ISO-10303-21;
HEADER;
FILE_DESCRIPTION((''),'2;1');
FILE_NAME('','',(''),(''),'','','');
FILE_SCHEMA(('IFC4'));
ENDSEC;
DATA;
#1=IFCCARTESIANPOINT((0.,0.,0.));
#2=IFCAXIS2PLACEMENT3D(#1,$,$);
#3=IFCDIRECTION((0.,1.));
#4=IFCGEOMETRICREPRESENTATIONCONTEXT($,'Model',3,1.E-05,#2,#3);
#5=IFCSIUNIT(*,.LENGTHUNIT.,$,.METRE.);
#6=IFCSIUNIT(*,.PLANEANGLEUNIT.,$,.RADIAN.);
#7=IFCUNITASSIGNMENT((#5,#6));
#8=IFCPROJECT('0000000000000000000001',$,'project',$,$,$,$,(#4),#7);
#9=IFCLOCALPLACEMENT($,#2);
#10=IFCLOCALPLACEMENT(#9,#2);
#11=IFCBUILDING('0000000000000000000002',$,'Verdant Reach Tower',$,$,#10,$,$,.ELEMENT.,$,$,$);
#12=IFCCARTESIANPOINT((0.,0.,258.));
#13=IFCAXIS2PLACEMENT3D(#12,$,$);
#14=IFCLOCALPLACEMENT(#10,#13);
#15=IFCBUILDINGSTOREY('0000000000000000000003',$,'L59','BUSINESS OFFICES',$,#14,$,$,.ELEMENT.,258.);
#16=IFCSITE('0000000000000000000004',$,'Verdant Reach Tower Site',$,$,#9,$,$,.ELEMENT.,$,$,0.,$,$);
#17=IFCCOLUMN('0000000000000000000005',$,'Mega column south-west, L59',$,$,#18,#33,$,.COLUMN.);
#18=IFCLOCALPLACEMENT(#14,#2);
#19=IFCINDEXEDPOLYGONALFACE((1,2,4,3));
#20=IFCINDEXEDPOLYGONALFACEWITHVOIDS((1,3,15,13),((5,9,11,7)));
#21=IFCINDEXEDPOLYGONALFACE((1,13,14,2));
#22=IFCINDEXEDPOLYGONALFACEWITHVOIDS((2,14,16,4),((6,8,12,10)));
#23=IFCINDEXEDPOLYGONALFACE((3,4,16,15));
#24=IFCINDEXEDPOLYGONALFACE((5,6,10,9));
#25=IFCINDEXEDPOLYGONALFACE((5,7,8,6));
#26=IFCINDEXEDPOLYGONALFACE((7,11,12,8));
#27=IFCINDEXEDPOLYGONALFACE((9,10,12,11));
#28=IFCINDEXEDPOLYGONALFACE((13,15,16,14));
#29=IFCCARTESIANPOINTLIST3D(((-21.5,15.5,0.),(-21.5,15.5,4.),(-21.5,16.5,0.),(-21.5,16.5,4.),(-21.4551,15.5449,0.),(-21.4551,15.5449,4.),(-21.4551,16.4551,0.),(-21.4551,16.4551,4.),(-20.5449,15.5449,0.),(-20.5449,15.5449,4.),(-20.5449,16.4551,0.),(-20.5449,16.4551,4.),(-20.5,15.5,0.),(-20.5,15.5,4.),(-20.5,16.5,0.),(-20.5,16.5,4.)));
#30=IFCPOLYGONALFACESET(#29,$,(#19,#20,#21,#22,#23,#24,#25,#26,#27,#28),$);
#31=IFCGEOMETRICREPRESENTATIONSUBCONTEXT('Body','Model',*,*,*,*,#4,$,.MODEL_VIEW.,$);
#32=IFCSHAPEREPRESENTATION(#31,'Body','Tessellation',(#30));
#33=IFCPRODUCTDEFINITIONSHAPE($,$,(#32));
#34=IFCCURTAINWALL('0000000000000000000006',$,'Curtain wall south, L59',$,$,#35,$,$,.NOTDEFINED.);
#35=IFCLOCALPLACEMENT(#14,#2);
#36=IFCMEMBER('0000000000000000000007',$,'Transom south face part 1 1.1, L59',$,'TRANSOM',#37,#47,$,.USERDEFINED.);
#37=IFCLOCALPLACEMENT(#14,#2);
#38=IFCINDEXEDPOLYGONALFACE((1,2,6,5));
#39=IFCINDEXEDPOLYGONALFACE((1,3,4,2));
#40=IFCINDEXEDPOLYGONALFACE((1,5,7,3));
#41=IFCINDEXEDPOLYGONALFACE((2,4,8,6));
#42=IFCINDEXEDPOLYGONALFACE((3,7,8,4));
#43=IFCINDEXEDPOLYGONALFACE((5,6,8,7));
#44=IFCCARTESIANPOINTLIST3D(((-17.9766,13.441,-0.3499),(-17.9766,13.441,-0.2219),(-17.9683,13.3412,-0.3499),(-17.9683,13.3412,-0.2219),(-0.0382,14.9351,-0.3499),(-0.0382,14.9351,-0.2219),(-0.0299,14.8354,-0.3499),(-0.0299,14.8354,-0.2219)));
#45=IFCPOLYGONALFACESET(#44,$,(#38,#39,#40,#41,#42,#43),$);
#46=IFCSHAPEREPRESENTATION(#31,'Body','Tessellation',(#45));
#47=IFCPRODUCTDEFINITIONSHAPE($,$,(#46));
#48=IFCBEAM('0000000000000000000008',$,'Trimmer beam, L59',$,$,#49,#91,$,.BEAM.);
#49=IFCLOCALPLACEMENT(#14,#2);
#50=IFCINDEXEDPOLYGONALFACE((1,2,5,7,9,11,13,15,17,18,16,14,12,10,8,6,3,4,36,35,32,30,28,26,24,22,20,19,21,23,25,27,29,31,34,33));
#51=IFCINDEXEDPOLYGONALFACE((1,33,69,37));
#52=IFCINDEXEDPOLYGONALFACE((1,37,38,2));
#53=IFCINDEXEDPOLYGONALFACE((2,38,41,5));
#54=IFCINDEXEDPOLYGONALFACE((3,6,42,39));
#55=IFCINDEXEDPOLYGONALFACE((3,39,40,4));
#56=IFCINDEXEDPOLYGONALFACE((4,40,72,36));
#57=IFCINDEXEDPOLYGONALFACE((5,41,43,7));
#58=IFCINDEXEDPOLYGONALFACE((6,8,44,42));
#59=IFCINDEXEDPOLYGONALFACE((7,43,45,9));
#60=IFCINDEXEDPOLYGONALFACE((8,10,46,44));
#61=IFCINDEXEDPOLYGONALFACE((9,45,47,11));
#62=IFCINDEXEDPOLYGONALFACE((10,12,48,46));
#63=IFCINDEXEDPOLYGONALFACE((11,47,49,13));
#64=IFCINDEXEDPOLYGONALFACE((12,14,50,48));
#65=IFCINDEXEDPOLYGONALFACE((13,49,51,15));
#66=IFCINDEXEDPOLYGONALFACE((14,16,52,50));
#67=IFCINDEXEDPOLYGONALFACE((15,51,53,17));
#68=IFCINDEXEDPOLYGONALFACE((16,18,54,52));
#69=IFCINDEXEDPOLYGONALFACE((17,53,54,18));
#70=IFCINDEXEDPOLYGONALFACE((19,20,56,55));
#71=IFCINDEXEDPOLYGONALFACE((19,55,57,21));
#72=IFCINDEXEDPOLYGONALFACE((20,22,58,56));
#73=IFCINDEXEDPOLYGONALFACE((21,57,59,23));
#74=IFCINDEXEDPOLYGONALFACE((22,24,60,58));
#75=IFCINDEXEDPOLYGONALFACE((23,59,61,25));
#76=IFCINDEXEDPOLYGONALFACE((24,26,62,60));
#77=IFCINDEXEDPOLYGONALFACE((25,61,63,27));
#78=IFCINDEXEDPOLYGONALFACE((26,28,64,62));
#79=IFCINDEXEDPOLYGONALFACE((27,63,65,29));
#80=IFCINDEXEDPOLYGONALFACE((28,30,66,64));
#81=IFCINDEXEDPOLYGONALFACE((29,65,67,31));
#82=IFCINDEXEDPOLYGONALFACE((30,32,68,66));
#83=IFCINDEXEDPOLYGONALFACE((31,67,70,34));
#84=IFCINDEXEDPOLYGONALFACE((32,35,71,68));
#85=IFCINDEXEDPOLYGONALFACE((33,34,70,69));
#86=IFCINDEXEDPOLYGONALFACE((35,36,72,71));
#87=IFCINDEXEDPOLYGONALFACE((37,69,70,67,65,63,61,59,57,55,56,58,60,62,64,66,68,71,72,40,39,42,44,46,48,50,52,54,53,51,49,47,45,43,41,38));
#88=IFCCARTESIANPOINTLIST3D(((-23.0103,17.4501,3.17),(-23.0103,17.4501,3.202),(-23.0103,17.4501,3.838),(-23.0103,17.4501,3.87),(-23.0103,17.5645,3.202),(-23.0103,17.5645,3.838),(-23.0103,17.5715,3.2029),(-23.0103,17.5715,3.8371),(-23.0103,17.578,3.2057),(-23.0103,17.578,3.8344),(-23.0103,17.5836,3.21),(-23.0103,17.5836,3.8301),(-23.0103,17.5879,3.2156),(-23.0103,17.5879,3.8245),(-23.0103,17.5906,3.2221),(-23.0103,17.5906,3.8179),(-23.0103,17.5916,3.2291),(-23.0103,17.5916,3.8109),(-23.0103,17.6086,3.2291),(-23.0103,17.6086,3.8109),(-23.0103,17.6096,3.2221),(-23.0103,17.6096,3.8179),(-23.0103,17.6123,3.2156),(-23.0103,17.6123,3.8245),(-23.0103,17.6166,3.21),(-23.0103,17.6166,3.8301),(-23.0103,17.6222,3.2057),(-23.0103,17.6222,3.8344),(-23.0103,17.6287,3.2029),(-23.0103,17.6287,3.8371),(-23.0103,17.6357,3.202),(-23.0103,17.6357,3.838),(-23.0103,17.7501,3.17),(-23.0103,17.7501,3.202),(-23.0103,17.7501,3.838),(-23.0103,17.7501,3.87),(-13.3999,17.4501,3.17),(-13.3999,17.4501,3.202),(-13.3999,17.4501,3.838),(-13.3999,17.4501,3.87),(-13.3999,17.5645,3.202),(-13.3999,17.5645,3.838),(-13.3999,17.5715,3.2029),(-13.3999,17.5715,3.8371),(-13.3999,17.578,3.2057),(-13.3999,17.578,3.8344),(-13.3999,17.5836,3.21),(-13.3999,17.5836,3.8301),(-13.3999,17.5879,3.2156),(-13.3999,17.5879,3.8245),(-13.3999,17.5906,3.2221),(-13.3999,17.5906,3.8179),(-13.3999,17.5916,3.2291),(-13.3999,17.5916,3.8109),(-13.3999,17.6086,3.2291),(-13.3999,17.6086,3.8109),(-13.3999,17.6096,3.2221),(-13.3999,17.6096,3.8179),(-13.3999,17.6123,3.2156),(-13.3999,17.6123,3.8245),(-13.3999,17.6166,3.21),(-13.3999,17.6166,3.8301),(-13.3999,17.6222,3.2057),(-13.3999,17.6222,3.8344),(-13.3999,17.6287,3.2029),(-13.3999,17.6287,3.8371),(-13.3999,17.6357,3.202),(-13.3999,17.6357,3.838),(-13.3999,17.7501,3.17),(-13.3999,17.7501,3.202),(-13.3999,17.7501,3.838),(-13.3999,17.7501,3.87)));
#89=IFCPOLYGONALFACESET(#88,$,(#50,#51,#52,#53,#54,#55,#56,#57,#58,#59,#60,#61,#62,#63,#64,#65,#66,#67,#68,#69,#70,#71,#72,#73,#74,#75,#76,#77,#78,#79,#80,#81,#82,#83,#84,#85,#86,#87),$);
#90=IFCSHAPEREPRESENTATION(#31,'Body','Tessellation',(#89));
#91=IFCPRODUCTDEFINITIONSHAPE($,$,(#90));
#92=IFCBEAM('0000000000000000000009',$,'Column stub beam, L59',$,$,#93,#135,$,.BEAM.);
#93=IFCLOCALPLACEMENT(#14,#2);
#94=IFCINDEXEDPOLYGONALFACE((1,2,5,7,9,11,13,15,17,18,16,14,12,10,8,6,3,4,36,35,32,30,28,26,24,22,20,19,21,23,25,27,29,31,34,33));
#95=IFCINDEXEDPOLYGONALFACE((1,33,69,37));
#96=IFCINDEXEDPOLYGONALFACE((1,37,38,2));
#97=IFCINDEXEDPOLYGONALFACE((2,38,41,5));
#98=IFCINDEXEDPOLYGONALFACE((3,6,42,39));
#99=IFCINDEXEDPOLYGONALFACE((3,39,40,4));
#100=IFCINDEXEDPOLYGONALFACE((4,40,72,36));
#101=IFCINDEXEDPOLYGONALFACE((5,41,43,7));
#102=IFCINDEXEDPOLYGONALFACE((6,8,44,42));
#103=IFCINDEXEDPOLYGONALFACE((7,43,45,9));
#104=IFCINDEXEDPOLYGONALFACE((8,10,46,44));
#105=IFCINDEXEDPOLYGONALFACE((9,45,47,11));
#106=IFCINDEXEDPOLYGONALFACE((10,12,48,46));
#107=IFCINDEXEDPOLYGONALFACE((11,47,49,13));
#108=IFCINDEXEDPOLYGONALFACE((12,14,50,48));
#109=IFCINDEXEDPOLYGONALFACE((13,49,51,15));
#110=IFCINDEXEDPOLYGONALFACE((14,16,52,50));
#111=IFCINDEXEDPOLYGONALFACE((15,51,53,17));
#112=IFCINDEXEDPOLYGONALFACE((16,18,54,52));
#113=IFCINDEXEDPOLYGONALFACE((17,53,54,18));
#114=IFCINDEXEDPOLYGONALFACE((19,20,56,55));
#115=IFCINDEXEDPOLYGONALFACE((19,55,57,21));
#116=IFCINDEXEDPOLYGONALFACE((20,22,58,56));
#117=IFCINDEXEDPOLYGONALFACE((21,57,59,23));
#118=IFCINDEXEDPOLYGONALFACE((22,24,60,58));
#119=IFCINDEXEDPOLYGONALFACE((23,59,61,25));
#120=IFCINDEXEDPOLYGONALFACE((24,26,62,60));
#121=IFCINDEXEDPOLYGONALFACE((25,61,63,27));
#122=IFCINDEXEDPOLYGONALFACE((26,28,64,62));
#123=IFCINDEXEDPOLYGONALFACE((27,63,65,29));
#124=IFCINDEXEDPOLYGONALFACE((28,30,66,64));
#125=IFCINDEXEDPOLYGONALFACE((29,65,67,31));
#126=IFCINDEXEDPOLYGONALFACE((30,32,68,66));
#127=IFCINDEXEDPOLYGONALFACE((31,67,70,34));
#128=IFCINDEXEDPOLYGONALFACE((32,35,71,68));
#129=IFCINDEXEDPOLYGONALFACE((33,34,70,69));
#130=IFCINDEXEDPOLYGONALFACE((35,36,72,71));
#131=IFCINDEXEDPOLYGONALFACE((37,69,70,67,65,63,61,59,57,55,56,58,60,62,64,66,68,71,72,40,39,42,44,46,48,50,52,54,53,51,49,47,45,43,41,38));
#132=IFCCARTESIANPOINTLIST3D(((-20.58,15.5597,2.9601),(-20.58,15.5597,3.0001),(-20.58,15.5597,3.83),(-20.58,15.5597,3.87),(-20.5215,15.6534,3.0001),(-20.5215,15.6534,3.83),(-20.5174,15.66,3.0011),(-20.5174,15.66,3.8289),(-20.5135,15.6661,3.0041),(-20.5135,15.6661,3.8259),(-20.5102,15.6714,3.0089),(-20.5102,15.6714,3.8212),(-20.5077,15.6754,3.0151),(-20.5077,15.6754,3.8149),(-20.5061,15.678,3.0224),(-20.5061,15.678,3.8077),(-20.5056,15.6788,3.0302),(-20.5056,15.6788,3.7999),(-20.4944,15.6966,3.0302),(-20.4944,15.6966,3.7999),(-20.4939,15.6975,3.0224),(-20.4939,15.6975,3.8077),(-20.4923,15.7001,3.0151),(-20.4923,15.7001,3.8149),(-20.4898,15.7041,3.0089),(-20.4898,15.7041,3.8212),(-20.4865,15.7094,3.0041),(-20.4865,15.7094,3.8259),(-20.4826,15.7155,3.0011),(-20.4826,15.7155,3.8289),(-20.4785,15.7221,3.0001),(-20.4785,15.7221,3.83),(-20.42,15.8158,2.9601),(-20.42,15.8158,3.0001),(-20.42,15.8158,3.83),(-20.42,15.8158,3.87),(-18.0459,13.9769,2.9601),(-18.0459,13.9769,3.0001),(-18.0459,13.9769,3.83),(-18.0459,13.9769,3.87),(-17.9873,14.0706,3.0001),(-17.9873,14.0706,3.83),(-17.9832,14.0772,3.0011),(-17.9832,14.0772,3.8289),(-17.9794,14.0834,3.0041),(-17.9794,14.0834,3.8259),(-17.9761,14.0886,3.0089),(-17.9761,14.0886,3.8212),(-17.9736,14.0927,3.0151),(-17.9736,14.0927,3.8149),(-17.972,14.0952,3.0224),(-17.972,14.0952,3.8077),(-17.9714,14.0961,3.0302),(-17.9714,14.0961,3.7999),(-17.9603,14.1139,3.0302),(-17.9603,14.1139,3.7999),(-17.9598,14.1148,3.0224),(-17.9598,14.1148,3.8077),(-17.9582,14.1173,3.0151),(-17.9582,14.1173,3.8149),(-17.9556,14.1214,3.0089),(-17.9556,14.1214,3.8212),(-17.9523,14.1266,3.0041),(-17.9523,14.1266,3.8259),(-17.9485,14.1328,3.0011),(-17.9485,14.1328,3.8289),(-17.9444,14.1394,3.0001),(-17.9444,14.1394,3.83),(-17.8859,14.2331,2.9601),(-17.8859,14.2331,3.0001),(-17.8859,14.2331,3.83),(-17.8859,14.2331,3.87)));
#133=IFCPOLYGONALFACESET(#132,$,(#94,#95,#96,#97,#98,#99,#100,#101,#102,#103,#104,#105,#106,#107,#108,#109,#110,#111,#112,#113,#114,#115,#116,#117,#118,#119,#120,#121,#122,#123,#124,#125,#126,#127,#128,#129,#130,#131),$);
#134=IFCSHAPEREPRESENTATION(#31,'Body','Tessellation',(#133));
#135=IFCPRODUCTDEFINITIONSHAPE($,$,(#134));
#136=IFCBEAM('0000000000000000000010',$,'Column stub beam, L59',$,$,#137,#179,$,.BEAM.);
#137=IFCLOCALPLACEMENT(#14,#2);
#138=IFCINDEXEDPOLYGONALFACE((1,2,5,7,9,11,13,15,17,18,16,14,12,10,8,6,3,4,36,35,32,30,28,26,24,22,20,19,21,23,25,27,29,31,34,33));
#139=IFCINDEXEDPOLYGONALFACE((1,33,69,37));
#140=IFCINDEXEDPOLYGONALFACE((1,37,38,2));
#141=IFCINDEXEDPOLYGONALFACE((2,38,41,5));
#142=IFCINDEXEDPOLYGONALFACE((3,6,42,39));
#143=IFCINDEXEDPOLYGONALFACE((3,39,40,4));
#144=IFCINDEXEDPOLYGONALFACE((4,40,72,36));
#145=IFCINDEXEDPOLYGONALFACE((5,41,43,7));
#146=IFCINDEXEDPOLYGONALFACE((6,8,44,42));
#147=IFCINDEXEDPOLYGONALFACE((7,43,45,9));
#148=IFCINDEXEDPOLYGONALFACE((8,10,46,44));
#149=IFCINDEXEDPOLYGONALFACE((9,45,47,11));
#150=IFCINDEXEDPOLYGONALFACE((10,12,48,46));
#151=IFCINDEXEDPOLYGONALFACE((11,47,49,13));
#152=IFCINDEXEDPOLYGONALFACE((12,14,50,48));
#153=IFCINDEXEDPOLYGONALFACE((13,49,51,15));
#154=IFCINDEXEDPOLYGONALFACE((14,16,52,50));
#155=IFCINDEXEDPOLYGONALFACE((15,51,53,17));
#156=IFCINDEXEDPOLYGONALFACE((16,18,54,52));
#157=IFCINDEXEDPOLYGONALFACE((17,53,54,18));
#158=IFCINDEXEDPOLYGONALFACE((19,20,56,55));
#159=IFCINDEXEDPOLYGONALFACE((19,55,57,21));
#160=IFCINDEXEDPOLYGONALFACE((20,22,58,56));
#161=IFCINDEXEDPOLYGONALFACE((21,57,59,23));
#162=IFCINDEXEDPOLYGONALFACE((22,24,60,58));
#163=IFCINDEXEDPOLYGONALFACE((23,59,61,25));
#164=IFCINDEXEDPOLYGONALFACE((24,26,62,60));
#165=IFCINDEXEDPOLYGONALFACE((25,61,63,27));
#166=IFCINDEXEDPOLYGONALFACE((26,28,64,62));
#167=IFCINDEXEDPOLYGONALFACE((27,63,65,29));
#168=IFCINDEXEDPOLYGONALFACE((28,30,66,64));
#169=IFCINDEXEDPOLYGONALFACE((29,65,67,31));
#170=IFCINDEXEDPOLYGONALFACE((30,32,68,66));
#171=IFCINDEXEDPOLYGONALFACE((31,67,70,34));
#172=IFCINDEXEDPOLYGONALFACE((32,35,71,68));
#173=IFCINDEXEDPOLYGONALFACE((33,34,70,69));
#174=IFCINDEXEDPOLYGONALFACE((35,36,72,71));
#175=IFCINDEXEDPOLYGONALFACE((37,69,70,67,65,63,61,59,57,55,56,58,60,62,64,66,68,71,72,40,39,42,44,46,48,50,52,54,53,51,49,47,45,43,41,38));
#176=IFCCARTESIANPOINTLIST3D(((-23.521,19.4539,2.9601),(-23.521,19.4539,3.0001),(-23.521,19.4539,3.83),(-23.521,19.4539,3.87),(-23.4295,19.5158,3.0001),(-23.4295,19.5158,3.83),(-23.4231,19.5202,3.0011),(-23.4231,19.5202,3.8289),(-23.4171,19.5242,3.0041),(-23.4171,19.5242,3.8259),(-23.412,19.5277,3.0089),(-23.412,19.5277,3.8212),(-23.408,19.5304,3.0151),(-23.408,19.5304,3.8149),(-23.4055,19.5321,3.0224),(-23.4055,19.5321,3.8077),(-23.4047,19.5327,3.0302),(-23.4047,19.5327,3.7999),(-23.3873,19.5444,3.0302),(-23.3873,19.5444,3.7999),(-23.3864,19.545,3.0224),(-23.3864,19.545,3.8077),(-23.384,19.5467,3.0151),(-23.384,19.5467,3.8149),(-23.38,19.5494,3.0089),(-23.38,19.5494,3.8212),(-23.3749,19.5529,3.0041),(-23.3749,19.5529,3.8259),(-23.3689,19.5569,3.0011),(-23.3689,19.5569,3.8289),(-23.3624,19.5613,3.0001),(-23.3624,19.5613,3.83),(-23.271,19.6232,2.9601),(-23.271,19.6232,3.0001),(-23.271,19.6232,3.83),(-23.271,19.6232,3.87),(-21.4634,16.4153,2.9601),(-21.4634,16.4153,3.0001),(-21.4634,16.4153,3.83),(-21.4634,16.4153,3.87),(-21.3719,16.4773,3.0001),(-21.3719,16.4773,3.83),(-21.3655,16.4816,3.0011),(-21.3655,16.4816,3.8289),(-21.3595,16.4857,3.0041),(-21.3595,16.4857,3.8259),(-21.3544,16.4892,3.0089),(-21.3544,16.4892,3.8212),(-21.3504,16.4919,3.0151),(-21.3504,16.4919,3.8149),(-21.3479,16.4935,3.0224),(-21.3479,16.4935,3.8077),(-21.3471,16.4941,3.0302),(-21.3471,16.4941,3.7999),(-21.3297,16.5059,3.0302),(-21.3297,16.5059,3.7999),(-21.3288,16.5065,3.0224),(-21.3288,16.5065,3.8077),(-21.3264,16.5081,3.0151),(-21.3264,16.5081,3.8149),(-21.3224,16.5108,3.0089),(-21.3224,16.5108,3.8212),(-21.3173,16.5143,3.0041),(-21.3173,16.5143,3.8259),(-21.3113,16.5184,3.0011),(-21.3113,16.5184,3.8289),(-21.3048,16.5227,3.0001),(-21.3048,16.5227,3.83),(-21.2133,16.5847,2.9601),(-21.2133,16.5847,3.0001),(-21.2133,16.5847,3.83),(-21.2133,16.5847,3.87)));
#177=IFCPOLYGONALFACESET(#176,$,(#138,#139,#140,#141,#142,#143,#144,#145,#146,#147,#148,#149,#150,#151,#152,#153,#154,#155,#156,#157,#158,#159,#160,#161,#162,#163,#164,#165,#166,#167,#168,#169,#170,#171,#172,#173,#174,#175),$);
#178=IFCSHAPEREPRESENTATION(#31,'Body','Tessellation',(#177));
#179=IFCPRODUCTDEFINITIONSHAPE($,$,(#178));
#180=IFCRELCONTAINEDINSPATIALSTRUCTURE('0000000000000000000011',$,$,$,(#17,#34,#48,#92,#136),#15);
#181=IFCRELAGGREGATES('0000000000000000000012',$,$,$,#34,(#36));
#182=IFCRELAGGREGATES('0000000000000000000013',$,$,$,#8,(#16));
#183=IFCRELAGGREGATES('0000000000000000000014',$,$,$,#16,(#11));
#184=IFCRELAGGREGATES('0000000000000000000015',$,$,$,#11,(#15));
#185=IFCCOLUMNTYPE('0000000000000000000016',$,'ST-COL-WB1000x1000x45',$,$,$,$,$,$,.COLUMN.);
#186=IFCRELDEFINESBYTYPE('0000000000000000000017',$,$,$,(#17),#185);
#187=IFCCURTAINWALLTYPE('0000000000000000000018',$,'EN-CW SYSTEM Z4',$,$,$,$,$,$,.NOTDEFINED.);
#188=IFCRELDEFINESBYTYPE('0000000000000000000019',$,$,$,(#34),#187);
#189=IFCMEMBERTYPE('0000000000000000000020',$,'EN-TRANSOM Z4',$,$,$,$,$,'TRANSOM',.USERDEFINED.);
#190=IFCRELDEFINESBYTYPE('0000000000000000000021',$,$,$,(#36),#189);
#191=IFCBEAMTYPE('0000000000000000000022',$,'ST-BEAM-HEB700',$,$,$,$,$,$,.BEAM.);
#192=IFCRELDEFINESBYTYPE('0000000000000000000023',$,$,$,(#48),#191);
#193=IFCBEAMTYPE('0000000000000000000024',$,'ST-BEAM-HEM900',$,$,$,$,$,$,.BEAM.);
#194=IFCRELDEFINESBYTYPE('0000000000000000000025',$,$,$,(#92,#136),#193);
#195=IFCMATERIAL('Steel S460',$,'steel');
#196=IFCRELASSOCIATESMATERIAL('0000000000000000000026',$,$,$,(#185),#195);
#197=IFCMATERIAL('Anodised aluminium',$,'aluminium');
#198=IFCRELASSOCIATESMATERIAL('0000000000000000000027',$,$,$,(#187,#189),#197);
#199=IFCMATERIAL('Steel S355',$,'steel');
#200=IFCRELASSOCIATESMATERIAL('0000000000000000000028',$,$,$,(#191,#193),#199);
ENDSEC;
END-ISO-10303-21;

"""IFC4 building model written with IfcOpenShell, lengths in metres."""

from ifc_helpers import new_model, si_unit, direction, frame, origin, origin_2d, place, context, subcontext, project, spatial, rectangle, hollow_rectangle, i_section, extrude, material, material_profile, profile_set, type_object, element, aggregate, save


model = new_model("IFC4")

# Units and contexts
model_context = context("Model", 3, precision=1e-05, world=origin(), true_north=direction((0.0, 1.0)))
body_context = subcontext(model_context, "Body", "Model", "MODEL_VIEW")
ifc_project = project(units=[si_unit("LENGTHUNIT", "METRE"), si_unit("PLANEANGLEUNIT", "RADIAN")], contexts=[model_context])

# Site, building, storey
site_placement = place(None, origin())
site = spatial("IfcSite", under=ifc_project, at=site_placement, Name="Verdant Reach Tower Site", CompositionType="ELEMENT", RefElevation=0.0)
building_placement = place(site_placement, origin())
building = spatial("IfcBuilding", under=site, at=building_placement, Name="Verdant Reach Tower", CompositionType="ELEMENT")
storey_placement = place(building_placement, frame((0.0, 0.0, 258.0)))
storey = spatial("IfcBuildingStorey", under=building, at=storey_placement, Name="L59", Description="BUSINESS OFFICES", CompositionType="ELEMENT", Elevation=258.0)

# Column
ifc_material_1 = material(Name="Steel S460", Category="steel")
ifc_material_profile_1 = material_profile(ifc_material_1, hollow_rectangle(XDim=1.0, YDim=1.0, WallThickness=0.0449, at=origin_2d()), Name="WB 1000x1000x45")
ifc_profile_set_1 = profile_set([ifc_material_profile_1], Name="Steel S460")
column_type = type_object("IfcColumnType", Name="ST-COL-WB1000x1000x45", PredefinedType="COLUMN", material=ifc_profile_set_1)
column_placement = place(storey_placement, frame((-21.0, 16.0, 0.0), z_axis=(0.0, 0.0, 1.0), x_axis=(1.0, 0.0, 0.0)))
element("IfcColumn", 1, at=column_placement, inside=storey, type_object=column_type, Name="Mega column south-west, L59", PredefinedType="COLUMN", context=body_context, shape_type="SweptSolid", body=[
    extrude(hollow_rectangle(XDim=1.0, YDim=1.0, WallThickness=0.0449, at=origin_2d()), origin(), (0.0, 0.0, 1.0), 4.0),
])

# Curtain wall, member
ifc_material_2 = material(Name="Anodised aluminium", Category="aluminium")
curtain_wall_type = type_object("IfcCurtainWallType", Name="EN-CW SYSTEM Z4", PredefinedType="NOTDEFINED", material=ifc_material_2)
curtain_wall_1_placement = place(storey_placement, origin())
curtain_wall_1 = element("IfcCurtainWall", 2, at=curtain_wall_1_placement, inside=storey, type_object=curtain_wall_type, Name="Curtain wall south, L59", PredefinedType="NOTDEFINED")
ifc_material_profile_2 = material_profile(ifc_material_2, rectangle(XDim=0.1001, YDim=0.1279, at=origin_2d()), Name="Transom 128x100")
ifc_profile_set_2 = profile_set([ifc_material_profile_2], Name="Anodised aluminium")
member_type = type_object("IfcMemberType", Name="EN-TRANSOM Z4", ElementType="TRANSOM", PredefinedType="USERDEFINED", material=ifc_profile_set_2)
member_placement = place(storey_placement, frame((-17.9724, 13.3911, -0.2859), z_axis=(0.996549, 0.083005, 0.0), x_axis=(-0.083005, 0.996549, 0.0)))
member = element("IfcMember", 3, at=member_placement, type_object=member_type, Name="Transom south face part 1 1.1, L59", ObjectType="TRANSOM", PredefinedType="USERDEFINED", context=body_context, shape_type="SweptSolid", body=[
    extrude(rectangle(XDim=0.1001, YDim=0.1279, at=origin_2d()), origin(), (0.0, 0.0, 1.0), 18.0005),
])

# Beams
ifc_material_3 = material(Name="Steel S355", Category="steel")
ifc_material_profile_3 = material_profile(ifc_material_3, i_section(OverallWidth=0.3, OverallDepth=0.7, WebThickness=0.0171, FlangeThickness=0.032, FilletRadius=0.0271, at=origin_2d()), Name="HEB 700")
ifc_profile_set_3 = profile_set([ifc_material_profile_3], Name="Steel S355")
beam_type_1 = type_object("IfcBeamType", Name="ST-BEAM-HEB700", PredefinedType="BEAM", material=ifc_profile_set_3)
beam_1_placement = place(storey_placement, frame((-13.3999, 17.6001, 3.52), z_axis=(-1.0, 0.0, 0.0), x_axis=(0.0, -1.0, 0.0)))
element("IfcBeam", 4, at=beam_1_placement, inside=storey, type_object=beam_type_1, Name="Trimmer beam, L59", PredefinedType="BEAM", context=body_context, shape_type="SweptSolid", body=[
    extrude(i_section(OverallWidth=0.3, OverallDepth=0.7, WebThickness=0.0171, FlangeThickness=0.032, FilletRadius=0.0271, at=origin_2d()), origin(), (0.0, 0.0, 1.0), 9.6104),
])
ifc_material_profile_4 = material_profile(ifc_material_3, i_section(OverallWidth=0.302, OverallDepth=0.9099, WebThickness=0.021, FlangeThickness=0.04, FilletRadius=0.03, at=origin_2d()), Name="HEM 900")
ifc_profile_set_4 = profile_set([ifc_material_profile_4], Name="Steel S355")
beam_type_2 = type_object("IfcBeamType", Name="ST-BEAM-HEM900", PredefinedType="BEAM", material=ifc_profile_set_4)
beam_2_placement = place(storey_placement, frame((-20.5, 15.6877, 3.415), z_axis=(0.848164, -0.529735, 0.0), x_axis=(0.529735, 0.848164, 0.0)))
element("IfcBeam", 5, at=beam_2_placement, inside=storey, type_object=beam_type_2, Name="Column stub beam, L59", PredefinedType="BEAM", context=body_context, shape_type="SweptSolid", body=[
    extrude(i_section(OverallWidth=0.302, OverallDepth=0.9099, WebThickness=0.021, FlangeThickness=0.04, FilletRadius=0.03, at=origin_2d()), origin(), (0.0, 0.0, 1.0), 2.9878),
])
beam_3_placement = place(storey_placement, frame((-21.3384, 16.5, 3.415), z_axis=(-0.560704, 0.828016, 0.0), x_axis=(-0.828016, -0.560704, 0.0)))
element("IfcBeam", 6, at=beam_3_placement, inside=storey, type_object=beam_type_2, Name="Column stub beam, L59", PredefinedType="BEAM", context=body_context, shape_type="SweptSolid", body=[
    extrude(i_section(OverallWidth=0.302, OverallDepth=0.9099, WebThickness=0.021, FlangeThickness=0.04, FilletRadius=0.03, at=origin_2d()), origin(), (0.0, 0.0, 1.0), 3.6697),
])

aggregate(curtain_wall_1, [member])

save(model, "model.ifc")
